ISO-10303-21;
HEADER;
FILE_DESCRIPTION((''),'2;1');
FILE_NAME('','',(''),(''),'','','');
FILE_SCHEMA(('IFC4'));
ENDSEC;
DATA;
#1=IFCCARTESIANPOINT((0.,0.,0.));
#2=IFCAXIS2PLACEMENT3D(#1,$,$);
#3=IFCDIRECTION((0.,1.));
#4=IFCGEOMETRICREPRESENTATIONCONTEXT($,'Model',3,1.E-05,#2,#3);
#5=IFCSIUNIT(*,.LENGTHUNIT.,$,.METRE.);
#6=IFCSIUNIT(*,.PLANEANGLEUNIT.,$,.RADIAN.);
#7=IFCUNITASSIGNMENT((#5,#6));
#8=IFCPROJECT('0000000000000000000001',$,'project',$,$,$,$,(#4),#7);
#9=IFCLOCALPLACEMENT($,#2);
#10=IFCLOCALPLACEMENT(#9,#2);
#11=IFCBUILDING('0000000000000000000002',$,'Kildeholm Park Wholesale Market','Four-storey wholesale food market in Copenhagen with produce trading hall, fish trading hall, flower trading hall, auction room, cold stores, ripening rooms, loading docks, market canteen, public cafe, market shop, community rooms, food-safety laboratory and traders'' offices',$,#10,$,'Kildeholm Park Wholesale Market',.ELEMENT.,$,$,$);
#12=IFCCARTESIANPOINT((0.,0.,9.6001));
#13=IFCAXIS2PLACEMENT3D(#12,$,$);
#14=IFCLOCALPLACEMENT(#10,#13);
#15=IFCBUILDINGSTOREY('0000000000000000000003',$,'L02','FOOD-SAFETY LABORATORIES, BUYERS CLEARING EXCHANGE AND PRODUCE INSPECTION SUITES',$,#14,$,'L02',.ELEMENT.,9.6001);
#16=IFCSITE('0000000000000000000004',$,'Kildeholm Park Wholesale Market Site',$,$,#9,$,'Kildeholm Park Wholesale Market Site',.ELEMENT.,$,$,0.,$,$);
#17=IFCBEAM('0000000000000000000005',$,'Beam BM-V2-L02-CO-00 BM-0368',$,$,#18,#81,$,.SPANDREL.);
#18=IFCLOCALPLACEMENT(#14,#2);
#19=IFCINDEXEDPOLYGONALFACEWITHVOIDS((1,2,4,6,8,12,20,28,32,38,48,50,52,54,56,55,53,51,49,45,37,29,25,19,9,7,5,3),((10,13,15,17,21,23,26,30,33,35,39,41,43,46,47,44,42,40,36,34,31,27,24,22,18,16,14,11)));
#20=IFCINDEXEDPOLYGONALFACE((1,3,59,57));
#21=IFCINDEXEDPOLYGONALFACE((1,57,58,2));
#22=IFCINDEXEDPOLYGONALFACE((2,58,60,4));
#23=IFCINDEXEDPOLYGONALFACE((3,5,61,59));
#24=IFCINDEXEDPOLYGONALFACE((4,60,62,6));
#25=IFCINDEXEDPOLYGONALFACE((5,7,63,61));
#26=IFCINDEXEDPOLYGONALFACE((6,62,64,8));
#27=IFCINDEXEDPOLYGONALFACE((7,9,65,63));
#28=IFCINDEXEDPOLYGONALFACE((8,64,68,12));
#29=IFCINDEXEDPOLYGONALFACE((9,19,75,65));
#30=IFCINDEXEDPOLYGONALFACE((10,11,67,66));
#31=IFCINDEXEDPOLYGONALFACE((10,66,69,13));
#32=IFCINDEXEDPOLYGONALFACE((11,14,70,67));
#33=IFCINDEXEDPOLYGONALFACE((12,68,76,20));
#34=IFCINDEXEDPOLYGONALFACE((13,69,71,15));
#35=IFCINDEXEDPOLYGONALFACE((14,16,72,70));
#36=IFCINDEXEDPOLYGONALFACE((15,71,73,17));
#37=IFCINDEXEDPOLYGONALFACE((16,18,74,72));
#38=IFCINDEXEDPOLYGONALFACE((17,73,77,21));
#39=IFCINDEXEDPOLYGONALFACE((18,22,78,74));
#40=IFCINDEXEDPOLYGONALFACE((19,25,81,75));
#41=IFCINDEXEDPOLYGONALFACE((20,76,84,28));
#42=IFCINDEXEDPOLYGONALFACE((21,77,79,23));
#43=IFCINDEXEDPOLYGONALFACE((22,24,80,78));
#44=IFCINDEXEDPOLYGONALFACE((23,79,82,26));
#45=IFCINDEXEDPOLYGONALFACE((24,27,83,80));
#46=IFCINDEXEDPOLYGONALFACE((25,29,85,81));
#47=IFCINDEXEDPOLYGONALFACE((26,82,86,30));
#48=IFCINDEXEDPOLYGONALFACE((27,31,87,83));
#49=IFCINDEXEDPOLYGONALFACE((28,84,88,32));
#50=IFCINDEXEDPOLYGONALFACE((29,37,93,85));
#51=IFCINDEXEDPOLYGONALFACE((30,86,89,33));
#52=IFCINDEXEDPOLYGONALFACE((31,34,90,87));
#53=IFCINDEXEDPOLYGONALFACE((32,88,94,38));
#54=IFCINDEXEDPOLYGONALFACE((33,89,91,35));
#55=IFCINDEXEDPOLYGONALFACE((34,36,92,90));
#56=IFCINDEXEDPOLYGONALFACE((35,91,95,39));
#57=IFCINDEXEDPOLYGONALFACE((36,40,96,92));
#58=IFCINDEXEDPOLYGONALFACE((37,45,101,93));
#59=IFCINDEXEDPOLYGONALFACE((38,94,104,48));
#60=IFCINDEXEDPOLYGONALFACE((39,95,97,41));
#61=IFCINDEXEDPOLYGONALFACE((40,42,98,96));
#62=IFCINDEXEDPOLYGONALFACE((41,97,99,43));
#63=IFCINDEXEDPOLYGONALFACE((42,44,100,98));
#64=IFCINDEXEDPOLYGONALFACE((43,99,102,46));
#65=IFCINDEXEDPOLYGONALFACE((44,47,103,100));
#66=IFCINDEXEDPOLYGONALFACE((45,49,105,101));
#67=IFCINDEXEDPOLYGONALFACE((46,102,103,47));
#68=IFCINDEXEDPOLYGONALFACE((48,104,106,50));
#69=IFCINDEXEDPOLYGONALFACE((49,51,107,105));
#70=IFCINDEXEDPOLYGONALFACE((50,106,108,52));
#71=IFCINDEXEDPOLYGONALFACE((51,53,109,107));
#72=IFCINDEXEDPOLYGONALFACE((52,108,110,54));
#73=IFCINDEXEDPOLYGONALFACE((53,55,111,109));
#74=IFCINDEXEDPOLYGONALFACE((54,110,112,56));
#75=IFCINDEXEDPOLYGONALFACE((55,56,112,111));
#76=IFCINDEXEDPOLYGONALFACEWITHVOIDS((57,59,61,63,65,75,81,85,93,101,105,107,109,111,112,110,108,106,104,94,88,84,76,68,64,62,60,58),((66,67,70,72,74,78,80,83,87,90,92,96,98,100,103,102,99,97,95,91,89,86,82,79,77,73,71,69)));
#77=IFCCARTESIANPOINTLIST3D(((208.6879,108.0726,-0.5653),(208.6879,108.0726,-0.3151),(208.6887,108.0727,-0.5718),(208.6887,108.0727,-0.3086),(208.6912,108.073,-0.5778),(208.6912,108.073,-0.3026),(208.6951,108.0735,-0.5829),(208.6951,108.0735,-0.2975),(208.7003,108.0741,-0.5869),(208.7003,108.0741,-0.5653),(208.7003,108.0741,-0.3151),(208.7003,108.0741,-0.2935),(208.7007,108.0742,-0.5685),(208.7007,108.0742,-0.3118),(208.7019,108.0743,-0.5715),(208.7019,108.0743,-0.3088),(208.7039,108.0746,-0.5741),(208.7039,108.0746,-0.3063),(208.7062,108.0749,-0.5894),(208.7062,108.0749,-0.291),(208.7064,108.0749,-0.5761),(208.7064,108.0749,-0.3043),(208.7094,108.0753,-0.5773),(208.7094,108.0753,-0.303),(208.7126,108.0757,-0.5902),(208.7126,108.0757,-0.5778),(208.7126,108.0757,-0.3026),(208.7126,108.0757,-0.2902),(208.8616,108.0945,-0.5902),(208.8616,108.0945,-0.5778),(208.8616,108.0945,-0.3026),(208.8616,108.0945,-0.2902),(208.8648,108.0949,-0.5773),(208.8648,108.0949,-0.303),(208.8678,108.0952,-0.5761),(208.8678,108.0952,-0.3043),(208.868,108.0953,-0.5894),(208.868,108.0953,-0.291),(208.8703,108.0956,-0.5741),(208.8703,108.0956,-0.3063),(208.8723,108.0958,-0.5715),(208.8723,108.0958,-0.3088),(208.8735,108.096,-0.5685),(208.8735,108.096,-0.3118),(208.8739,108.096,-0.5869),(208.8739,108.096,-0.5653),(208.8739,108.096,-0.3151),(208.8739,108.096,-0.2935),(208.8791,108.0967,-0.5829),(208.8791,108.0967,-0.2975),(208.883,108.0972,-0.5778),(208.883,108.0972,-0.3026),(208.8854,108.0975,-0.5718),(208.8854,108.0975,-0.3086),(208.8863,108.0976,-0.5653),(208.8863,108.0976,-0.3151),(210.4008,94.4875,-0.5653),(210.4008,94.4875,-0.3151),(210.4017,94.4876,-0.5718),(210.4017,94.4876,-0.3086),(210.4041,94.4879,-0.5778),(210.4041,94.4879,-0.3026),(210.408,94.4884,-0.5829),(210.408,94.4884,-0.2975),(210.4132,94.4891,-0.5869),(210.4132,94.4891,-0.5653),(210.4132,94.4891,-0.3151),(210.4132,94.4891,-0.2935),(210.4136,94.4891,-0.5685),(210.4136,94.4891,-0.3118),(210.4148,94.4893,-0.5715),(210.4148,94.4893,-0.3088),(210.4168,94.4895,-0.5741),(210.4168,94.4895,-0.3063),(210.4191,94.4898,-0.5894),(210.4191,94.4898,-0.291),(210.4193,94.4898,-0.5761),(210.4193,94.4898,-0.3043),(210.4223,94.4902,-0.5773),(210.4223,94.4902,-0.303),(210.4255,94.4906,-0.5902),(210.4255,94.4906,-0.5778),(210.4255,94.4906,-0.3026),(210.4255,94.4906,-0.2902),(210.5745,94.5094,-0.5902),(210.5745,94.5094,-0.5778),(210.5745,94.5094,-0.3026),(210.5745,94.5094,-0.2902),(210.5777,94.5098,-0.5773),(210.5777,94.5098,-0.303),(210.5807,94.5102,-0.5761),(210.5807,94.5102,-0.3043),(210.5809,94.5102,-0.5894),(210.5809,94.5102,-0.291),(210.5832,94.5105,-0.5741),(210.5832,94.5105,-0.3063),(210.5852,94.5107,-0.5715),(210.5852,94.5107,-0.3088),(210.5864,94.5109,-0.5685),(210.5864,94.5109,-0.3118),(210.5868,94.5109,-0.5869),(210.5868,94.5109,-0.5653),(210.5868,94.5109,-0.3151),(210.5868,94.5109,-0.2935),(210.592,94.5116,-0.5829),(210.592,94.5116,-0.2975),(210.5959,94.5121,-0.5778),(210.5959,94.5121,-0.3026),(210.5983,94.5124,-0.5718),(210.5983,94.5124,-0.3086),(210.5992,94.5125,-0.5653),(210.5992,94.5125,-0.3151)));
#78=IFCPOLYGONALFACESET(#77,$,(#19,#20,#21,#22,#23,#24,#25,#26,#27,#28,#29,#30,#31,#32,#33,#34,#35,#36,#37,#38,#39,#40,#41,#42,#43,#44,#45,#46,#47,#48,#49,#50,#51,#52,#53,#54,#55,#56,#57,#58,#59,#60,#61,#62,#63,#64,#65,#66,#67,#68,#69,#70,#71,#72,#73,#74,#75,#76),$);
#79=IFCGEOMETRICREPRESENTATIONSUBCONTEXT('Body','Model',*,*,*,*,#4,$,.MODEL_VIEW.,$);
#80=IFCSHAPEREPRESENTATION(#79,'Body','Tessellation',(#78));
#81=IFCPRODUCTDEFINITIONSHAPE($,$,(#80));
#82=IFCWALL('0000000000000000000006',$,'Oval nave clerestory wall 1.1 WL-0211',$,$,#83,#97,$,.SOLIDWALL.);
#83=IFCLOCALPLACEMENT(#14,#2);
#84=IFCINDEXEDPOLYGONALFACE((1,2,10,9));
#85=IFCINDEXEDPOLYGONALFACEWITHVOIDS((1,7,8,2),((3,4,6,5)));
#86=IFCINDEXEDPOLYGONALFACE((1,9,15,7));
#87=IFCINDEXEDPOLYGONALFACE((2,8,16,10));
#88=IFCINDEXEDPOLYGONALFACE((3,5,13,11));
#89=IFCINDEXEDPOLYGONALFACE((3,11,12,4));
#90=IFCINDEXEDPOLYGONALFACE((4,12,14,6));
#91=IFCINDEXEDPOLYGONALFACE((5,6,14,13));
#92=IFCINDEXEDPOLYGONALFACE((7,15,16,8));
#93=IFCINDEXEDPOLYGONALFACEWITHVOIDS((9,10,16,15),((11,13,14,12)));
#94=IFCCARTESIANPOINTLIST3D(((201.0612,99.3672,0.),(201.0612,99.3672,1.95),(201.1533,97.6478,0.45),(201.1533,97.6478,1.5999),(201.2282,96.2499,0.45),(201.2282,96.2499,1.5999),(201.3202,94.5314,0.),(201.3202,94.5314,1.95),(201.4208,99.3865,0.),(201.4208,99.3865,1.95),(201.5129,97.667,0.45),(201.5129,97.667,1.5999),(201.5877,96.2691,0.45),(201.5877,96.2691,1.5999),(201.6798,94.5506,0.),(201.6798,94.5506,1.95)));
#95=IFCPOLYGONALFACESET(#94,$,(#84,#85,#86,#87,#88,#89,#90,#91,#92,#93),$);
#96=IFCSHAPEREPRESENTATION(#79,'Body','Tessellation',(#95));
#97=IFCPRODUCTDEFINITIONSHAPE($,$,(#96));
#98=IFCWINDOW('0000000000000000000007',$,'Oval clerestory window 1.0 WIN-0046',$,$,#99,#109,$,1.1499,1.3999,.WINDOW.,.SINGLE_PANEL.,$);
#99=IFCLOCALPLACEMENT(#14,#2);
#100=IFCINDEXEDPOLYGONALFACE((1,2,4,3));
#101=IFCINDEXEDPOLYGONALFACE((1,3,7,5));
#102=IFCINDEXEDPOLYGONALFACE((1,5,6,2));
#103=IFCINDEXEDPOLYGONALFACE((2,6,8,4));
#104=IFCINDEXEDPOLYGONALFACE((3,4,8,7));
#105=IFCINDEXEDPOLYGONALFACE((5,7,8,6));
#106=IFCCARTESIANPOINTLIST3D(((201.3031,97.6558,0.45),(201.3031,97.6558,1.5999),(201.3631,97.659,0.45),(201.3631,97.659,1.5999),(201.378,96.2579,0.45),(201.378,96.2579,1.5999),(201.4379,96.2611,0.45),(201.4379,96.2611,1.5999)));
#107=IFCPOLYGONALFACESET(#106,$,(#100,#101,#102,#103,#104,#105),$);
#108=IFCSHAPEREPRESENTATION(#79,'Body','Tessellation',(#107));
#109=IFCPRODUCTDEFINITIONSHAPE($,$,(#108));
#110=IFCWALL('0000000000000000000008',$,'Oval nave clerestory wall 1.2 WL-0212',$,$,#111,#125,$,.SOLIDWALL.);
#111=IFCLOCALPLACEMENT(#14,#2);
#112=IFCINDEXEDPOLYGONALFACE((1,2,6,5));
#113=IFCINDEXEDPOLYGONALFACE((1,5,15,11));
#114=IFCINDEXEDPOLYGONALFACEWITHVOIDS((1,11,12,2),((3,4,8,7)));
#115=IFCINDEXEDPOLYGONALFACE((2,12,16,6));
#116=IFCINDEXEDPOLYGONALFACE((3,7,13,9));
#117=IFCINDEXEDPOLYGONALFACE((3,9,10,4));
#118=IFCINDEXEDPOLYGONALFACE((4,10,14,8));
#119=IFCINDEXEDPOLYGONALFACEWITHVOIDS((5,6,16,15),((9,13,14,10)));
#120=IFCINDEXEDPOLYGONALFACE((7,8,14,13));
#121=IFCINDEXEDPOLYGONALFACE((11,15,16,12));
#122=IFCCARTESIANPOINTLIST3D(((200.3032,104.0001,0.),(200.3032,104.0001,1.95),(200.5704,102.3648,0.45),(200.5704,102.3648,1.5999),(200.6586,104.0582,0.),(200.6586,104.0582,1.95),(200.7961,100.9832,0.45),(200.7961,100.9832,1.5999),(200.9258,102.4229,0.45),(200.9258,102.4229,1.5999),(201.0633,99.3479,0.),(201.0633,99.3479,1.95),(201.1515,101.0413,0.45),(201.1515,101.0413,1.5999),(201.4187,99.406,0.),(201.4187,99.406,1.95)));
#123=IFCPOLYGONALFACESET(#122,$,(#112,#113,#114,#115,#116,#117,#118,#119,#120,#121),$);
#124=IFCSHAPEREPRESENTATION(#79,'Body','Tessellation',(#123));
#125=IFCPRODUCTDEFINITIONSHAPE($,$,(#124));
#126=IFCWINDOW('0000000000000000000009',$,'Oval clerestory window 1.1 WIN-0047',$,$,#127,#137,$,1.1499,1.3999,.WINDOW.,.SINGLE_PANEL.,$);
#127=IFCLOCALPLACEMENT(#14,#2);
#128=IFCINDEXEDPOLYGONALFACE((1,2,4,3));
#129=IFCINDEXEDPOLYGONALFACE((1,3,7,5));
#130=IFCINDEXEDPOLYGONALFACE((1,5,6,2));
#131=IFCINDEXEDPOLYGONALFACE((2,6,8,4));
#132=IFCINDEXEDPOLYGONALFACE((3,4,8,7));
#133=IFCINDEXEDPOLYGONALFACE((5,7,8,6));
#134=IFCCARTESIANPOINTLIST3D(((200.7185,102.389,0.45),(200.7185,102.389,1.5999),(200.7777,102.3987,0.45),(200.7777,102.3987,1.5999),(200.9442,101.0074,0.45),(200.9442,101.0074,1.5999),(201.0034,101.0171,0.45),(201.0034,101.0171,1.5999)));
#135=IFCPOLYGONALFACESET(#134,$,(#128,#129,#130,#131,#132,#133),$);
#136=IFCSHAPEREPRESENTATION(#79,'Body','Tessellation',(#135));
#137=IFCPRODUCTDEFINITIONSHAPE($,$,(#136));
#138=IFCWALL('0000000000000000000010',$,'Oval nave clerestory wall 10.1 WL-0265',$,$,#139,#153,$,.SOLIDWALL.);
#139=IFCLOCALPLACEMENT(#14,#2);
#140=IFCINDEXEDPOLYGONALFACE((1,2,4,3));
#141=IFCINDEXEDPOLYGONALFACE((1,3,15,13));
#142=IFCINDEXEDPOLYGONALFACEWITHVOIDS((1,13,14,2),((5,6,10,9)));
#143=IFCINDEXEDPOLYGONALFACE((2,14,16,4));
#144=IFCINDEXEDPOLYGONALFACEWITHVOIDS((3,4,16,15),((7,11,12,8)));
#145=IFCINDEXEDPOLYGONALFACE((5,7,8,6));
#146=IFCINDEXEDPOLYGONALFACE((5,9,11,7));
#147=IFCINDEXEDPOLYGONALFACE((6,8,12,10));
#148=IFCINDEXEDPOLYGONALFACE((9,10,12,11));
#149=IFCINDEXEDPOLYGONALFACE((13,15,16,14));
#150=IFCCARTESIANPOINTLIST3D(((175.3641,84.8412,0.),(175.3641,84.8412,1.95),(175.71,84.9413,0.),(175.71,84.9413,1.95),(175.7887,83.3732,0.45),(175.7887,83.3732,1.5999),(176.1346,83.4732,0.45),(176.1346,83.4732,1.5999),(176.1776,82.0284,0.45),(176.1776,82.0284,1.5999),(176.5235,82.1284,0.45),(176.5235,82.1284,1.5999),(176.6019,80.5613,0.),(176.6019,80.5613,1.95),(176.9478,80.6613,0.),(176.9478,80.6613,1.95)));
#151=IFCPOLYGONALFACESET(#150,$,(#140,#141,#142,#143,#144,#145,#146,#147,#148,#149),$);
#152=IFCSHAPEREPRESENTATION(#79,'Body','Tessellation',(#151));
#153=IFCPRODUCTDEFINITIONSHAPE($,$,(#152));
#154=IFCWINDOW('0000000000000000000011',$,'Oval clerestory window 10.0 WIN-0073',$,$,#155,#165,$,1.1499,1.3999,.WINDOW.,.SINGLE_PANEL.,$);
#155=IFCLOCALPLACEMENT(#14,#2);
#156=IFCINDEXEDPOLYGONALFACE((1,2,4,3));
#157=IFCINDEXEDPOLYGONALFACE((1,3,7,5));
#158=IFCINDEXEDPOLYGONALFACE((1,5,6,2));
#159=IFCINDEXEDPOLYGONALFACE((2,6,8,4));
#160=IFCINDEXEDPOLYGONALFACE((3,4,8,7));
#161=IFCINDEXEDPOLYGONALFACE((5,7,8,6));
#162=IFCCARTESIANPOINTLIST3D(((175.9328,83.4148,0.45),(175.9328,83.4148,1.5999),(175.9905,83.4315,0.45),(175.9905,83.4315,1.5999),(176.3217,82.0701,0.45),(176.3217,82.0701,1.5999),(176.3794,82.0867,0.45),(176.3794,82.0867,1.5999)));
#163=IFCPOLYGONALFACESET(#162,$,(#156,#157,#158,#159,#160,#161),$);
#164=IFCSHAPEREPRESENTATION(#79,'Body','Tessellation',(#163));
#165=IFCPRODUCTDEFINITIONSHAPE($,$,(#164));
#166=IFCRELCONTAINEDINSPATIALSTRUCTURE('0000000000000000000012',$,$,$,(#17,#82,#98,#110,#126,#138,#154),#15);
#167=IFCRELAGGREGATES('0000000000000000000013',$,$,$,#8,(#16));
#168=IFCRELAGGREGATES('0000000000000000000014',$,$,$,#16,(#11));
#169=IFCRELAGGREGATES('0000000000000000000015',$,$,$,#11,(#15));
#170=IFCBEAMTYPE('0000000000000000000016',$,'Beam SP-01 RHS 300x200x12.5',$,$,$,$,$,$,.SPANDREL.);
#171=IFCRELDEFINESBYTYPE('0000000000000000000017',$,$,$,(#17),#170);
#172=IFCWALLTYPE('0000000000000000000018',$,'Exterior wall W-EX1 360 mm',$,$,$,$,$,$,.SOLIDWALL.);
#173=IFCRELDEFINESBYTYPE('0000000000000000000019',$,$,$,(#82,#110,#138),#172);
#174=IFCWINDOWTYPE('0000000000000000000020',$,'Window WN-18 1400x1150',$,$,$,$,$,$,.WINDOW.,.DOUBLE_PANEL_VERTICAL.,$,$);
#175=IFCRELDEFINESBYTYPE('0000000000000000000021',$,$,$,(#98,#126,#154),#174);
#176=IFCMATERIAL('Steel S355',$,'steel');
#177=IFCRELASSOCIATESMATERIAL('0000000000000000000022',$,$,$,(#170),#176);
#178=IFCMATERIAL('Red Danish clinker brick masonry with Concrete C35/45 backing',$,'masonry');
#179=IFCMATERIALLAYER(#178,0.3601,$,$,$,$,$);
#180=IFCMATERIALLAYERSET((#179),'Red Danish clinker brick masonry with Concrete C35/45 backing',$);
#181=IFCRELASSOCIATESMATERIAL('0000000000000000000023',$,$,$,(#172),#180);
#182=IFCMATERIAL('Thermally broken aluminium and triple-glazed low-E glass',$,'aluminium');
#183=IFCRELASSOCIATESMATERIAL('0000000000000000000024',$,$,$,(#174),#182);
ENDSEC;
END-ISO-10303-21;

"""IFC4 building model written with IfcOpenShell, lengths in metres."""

from ifc_helpers import new_model, si_unit, direction, frame, frame_2d, origin, origin_2d, place, context, subcontext, project, spatial, rectangle, hollow_rectangle, extrude, material, layer, layer_set, material_profile, profile_set, type_object, element, fill, save


model = new_model("IFC4")

# Units and contexts
model_context = context("Model", 3, precision=1e-05, world=origin(), true_north=direction((0.0, 1.0)))
body_context = subcontext(model_context, "Body", "Model", "MODEL_VIEW")
ifc_project = project(units=[si_unit("LENGTHUNIT", "METRE"), si_unit("PLANEANGLEUNIT", "RADIAN")], contexts=[model_context])

# Site, building, storey
site_placement = place(None, origin())
site = spatial("IfcSite", under=ifc_project, at=site_placement, Name="Kildeholm Park Wholesale Market Site", LongName="Kildeholm Park Wholesale Market Site", CompositionType="ELEMENT", RefElevation=0.0)
building_placement = place(site_placement, origin())
building = spatial("IfcBuilding", under=site, at=building_placement, Name="Kildeholm Park Wholesale Market", Description="Four-storey wholesale food market in Copenhagen with produce trading hall, fish trading hall, flower trading hall, auction room, cold stores, ripening rooms, loading docks, market canteen, public cafe, market shop, community rooms, food-safety laboratory and traders' offices", LongName="Kildeholm Park Wholesale Market", CompositionType="ELEMENT")
storey_placement = place(building_placement, frame((0.0, 0.0, 9.6001)))
storey = spatial("IfcBuildingStorey", under=building, at=storey_placement, Name="L02", Description="FOOD-SAFETY LABORATORIES, BUYERS CLEARING EXCHANGE AND PRODUCE INSPECTION SUITES", LongName="L02", CompositionType="ELEMENT", Elevation=9.6001)

# Shared definitions
ifc_material_1 = material(Name="Steel S355", Category="steel")

# Beam
ifc_material_profile_1 = material_profile(ifc_material_1, hollow_rectangle(XDim=0.2, YDim=0.3, WallThickness=0.0125, InnerFilletRadius=0.0125, OuterFilletRadius=0.0249, at=origin_2d()), Name="RHS 300x200x12.5")
ifc_profile_set_1 = profile_set([ifc_material_profile_1], Name="Steel S355")
beam_type_1 = type_object("IfcBeamType", Name="Beam SP-01 RHS 300x200x12.5", PredefinedType="SPANDREL", material=ifc_profile_set_1)
beam_1_placement = place(storey_placement, frame((210.5, 94.5, -0.4402), z_axis=(-0.125097, 0.992145, 0.0), x_axis=(-0.992145, -0.125097, 0.0)))
element("IfcBeam", 1, at=beam_1_placement, inside=storey, type_object=beam_type_1, Name="Beam BM-V2-L02-CO-00 BM-0368", PredefinedType="SPANDREL", context=body_context, shape_type="SweptSolid", body=[
    extrude(hollow_rectangle(XDim=0.2, YDim=0.3, WallThickness=0.0125, InnerFilletRadius=0.0125, OuterFilletRadius=0.0249, at=origin_2d()), origin(), (0.0, 0.0, 1.0), 13.6926),
])

# Walls, openings, windows
ifc_material_2 = material(Name="Red Danish clinker brick masonry with Concrete C35/45 backing", Category="masonry")
ifc_layer = layer(ifc_material_2, 0.3601)
ifc_layer_set = layer_set([ifc_layer], Name="Red Danish clinker brick masonry with Concrete C35/45 backing")
wall_type = type_object("IfcWallType", Name="Exterior wall W-EX1 360 mm", PredefinedType="SOLIDWALL", material=ifc_layer_set)
wall_1_placement = place(storey_placement, frame((201.5, 94.541, 0.0), z_axis=(0.0, 0.0, 1.0), x_axis=(-0.053488, 0.998569, 0.0)))
wall_1 = element("IfcWall", 2, at=wall_1_placement, inside=storey, type_object=wall_type, Name="Oval nave clerestory wall 1.1 WL-0211", PredefinedType="SOLIDWALL", context=body_context, shape_type="SweptSolid", body=[
    extrude(rectangle(XDim=4.8428, YDim=0.3601, at=frame_2d((2.4214, 0.0))), origin(), (0.0, 0.0, 1.0), 1.95),
])
opening_1_placement = place(wall_1_placement, frame((1.7209, 0.0, 0.45)))
opening_1 = element("IfcOpeningElement", 3, at=opening_1_placement, cuts=wall_1, PredefinedType="OPENING", context=body_context, shape_type="SweptSolid", body=[
    extrude(rectangle(XDim=1.3999, YDim=1.1499, at=frame_2d((0.7, 0.575))), frame((0.0, 0.1899, 0.0), z_axis=(0.0, -1.0, 0.0), x_axis=(1.0, 0.0, 0.0)), (0.0, 0.0, 1.0), 0.3801),
])
ifc_material_3 = material(Name="Thermally broken aluminium and triple-glazed low-E glass", Category="aluminium")
window_type = type_object("IfcWindowType", Name="Window WN-18 1400x1150", PartitioningType="DOUBLE_PANEL_VERTICAL", PredefinedType="WINDOW", material=ifc_material_3)
window_1_placement = place(opening_1_placement, origin())
window_1 = element("IfcWindow", 4, at=window_1_placement, inside=storey, type_object=window_type, Name="Oval clerestory window 1.0 WIN-0046", OverallHeight=1.1499, OverallWidth=1.3999, PartitioningType="SINGLE_PANEL", PredefinedType="WINDOW", context=body_context, shape_type="SweptSolid", body=[
    extrude(rectangle(XDim=1.3999, YDim=1.1499, at=frame_2d((0.7, 0.575))), frame((0.0, 0.03, 0.0), z_axis=(0.0, -1.0, 0.0), x_axis=(1.0, 0.0, 0.0)), (0.0, 0.0, 1.0), 0.0601),
])
fill(opening_1, window_1)
wall_2_placement = place(storey_placement, frame((201.241, 99.377, 0.0), z_axis=(0.0, 0.0, 1.0), x_axis=(-0.161232, 0.986917, 0.0)))
wall_2 = element("IfcWall", 5, at=wall_2_placement, inside=storey, type_object=wall_type, Name="Oval nave clerestory wall 1.2 WL-0212", PredefinedType="SOLIDWALL", context=body_context, shape_type="SweptSolid", body=[
    extrude(rectangle(XDim=4.7139, YDim=0.3601, at=frame_2d((2.3569, 0.0))), origin(), (0.0, 0.0, 1.0), 1.95),
])
opening_2_placement = place(wall_2_placement, frame((1.657, 0.0, 0.45)))
opening_2 = element("IfcOpeningElement", 6, at=opening_2_placement, cuts=wall_2, PredefinedType="OPENING", context=body_context, shape_type="SweptSolid", body=[
    extrude(rectangle(XDim=1.3999, YDim=1.1499, at=frame_2d((0.7, 0.575))), frame((0.0, 0.1899, 0.0), z_axis=(0.0, -1.0, 0.0), x_axis=(1.0, 0.0, 0.0)), (0.0, 0.0, 1.0), 0.3801),
])
window_2_placement = place(opening_2_placement, origin())
window_2 = element("IfcWindow", 7, at=window_2_placement, inside=storey, type_object=window_type, Name="Oval clerestory window 1.1 WIN-0047", OverallHeight=1.1499, OverallWidth=1.3999, PartitioningType="SINGLE_PANEL", PredefinedType="WINDOW", context=body_context, shape_type="SweptSolid", body=[
    extrude(rectangle(XDim=1.3999, YDim=1.1499, at=frame_2d((0.7, 0.575))), frame((0.0, 0.03, 0.0), z_axis=(0.0, -1.0, 0.0), x_axis=(1.0, 0.0, 0.0)), (0.0, 0.0, 1.0), 0.0601),
])
fill(opening_2, window_2)
wall_3_placement = place(storey_placement, frame((175.5371, 84.8911, 0.0), z_axis=(0.0, 0.0, 1.0), x_axis=(0.277817, -0.960634, 0.0)))
wall_3 = element("IfcWall", 8, at=wall_3_placement, inside=storey, type_object=wall_type, Name="Oval nave clerestory wall 10.1 WL-0265", PredefinedType="SOLIDWALL", context=body_context, shape_type="SweptSolid", body=[
    extrude(rectangle(XDim=4.4553, YDim=0.3601, at=frame_2d((2.2275, 0.0))), origin(), (0.0, 0.0, 1.0), 1.95),
])
opening_3_placement = place(wall_3_placement, frame((1.5281, 0.0, 0.45)))
opening_3 = element("IfcOpeningElement", 9, at=opening_3_placement, cuts=wall_3, PredefinedType="OPENING", context=body_context, shape_type="SweptSolid", body=[
    extrude(rectangle(XDim=1.3999, YDim=1.1499, at=frame_2d((0.7, 0.575))), frame((0.0, 0.1899, 0.0), z_axis=(0.0, -1.0, 0.0), x_axis=(1.0, 0.0, 0.0)), (0.0, 0.0, 1.0), 0.3801),
])
window_3_placement = place(opening_3_placement, origin())
window_3 = element("IfcWindow", 10, at=window_3_placement, inside=storey, type_object=window_type, Name="Oval clerestory window 10.0 WIN-0073", OverallHeight=1.1499, OverallWidth=1.3999, PartitioningType="SINGLE_PANEL", PredefinedType="WINDOW", context=body_context, shape_type="SweptSolid", body=[
    extrude(rectangle(XDim=1.3999, YDim=1.1499, at=frame_2d((0.7, 0.575))), frame((0.0, 0.03, 0.0), z_axis=(0.0, -1.0, 0.0), x_axis=(1.0, 0.0, 0.0)), (0.0, 0.0, 1.0), 0.0601),
])
fill(opening_3, window_3)

save(model, "model.ifc")
